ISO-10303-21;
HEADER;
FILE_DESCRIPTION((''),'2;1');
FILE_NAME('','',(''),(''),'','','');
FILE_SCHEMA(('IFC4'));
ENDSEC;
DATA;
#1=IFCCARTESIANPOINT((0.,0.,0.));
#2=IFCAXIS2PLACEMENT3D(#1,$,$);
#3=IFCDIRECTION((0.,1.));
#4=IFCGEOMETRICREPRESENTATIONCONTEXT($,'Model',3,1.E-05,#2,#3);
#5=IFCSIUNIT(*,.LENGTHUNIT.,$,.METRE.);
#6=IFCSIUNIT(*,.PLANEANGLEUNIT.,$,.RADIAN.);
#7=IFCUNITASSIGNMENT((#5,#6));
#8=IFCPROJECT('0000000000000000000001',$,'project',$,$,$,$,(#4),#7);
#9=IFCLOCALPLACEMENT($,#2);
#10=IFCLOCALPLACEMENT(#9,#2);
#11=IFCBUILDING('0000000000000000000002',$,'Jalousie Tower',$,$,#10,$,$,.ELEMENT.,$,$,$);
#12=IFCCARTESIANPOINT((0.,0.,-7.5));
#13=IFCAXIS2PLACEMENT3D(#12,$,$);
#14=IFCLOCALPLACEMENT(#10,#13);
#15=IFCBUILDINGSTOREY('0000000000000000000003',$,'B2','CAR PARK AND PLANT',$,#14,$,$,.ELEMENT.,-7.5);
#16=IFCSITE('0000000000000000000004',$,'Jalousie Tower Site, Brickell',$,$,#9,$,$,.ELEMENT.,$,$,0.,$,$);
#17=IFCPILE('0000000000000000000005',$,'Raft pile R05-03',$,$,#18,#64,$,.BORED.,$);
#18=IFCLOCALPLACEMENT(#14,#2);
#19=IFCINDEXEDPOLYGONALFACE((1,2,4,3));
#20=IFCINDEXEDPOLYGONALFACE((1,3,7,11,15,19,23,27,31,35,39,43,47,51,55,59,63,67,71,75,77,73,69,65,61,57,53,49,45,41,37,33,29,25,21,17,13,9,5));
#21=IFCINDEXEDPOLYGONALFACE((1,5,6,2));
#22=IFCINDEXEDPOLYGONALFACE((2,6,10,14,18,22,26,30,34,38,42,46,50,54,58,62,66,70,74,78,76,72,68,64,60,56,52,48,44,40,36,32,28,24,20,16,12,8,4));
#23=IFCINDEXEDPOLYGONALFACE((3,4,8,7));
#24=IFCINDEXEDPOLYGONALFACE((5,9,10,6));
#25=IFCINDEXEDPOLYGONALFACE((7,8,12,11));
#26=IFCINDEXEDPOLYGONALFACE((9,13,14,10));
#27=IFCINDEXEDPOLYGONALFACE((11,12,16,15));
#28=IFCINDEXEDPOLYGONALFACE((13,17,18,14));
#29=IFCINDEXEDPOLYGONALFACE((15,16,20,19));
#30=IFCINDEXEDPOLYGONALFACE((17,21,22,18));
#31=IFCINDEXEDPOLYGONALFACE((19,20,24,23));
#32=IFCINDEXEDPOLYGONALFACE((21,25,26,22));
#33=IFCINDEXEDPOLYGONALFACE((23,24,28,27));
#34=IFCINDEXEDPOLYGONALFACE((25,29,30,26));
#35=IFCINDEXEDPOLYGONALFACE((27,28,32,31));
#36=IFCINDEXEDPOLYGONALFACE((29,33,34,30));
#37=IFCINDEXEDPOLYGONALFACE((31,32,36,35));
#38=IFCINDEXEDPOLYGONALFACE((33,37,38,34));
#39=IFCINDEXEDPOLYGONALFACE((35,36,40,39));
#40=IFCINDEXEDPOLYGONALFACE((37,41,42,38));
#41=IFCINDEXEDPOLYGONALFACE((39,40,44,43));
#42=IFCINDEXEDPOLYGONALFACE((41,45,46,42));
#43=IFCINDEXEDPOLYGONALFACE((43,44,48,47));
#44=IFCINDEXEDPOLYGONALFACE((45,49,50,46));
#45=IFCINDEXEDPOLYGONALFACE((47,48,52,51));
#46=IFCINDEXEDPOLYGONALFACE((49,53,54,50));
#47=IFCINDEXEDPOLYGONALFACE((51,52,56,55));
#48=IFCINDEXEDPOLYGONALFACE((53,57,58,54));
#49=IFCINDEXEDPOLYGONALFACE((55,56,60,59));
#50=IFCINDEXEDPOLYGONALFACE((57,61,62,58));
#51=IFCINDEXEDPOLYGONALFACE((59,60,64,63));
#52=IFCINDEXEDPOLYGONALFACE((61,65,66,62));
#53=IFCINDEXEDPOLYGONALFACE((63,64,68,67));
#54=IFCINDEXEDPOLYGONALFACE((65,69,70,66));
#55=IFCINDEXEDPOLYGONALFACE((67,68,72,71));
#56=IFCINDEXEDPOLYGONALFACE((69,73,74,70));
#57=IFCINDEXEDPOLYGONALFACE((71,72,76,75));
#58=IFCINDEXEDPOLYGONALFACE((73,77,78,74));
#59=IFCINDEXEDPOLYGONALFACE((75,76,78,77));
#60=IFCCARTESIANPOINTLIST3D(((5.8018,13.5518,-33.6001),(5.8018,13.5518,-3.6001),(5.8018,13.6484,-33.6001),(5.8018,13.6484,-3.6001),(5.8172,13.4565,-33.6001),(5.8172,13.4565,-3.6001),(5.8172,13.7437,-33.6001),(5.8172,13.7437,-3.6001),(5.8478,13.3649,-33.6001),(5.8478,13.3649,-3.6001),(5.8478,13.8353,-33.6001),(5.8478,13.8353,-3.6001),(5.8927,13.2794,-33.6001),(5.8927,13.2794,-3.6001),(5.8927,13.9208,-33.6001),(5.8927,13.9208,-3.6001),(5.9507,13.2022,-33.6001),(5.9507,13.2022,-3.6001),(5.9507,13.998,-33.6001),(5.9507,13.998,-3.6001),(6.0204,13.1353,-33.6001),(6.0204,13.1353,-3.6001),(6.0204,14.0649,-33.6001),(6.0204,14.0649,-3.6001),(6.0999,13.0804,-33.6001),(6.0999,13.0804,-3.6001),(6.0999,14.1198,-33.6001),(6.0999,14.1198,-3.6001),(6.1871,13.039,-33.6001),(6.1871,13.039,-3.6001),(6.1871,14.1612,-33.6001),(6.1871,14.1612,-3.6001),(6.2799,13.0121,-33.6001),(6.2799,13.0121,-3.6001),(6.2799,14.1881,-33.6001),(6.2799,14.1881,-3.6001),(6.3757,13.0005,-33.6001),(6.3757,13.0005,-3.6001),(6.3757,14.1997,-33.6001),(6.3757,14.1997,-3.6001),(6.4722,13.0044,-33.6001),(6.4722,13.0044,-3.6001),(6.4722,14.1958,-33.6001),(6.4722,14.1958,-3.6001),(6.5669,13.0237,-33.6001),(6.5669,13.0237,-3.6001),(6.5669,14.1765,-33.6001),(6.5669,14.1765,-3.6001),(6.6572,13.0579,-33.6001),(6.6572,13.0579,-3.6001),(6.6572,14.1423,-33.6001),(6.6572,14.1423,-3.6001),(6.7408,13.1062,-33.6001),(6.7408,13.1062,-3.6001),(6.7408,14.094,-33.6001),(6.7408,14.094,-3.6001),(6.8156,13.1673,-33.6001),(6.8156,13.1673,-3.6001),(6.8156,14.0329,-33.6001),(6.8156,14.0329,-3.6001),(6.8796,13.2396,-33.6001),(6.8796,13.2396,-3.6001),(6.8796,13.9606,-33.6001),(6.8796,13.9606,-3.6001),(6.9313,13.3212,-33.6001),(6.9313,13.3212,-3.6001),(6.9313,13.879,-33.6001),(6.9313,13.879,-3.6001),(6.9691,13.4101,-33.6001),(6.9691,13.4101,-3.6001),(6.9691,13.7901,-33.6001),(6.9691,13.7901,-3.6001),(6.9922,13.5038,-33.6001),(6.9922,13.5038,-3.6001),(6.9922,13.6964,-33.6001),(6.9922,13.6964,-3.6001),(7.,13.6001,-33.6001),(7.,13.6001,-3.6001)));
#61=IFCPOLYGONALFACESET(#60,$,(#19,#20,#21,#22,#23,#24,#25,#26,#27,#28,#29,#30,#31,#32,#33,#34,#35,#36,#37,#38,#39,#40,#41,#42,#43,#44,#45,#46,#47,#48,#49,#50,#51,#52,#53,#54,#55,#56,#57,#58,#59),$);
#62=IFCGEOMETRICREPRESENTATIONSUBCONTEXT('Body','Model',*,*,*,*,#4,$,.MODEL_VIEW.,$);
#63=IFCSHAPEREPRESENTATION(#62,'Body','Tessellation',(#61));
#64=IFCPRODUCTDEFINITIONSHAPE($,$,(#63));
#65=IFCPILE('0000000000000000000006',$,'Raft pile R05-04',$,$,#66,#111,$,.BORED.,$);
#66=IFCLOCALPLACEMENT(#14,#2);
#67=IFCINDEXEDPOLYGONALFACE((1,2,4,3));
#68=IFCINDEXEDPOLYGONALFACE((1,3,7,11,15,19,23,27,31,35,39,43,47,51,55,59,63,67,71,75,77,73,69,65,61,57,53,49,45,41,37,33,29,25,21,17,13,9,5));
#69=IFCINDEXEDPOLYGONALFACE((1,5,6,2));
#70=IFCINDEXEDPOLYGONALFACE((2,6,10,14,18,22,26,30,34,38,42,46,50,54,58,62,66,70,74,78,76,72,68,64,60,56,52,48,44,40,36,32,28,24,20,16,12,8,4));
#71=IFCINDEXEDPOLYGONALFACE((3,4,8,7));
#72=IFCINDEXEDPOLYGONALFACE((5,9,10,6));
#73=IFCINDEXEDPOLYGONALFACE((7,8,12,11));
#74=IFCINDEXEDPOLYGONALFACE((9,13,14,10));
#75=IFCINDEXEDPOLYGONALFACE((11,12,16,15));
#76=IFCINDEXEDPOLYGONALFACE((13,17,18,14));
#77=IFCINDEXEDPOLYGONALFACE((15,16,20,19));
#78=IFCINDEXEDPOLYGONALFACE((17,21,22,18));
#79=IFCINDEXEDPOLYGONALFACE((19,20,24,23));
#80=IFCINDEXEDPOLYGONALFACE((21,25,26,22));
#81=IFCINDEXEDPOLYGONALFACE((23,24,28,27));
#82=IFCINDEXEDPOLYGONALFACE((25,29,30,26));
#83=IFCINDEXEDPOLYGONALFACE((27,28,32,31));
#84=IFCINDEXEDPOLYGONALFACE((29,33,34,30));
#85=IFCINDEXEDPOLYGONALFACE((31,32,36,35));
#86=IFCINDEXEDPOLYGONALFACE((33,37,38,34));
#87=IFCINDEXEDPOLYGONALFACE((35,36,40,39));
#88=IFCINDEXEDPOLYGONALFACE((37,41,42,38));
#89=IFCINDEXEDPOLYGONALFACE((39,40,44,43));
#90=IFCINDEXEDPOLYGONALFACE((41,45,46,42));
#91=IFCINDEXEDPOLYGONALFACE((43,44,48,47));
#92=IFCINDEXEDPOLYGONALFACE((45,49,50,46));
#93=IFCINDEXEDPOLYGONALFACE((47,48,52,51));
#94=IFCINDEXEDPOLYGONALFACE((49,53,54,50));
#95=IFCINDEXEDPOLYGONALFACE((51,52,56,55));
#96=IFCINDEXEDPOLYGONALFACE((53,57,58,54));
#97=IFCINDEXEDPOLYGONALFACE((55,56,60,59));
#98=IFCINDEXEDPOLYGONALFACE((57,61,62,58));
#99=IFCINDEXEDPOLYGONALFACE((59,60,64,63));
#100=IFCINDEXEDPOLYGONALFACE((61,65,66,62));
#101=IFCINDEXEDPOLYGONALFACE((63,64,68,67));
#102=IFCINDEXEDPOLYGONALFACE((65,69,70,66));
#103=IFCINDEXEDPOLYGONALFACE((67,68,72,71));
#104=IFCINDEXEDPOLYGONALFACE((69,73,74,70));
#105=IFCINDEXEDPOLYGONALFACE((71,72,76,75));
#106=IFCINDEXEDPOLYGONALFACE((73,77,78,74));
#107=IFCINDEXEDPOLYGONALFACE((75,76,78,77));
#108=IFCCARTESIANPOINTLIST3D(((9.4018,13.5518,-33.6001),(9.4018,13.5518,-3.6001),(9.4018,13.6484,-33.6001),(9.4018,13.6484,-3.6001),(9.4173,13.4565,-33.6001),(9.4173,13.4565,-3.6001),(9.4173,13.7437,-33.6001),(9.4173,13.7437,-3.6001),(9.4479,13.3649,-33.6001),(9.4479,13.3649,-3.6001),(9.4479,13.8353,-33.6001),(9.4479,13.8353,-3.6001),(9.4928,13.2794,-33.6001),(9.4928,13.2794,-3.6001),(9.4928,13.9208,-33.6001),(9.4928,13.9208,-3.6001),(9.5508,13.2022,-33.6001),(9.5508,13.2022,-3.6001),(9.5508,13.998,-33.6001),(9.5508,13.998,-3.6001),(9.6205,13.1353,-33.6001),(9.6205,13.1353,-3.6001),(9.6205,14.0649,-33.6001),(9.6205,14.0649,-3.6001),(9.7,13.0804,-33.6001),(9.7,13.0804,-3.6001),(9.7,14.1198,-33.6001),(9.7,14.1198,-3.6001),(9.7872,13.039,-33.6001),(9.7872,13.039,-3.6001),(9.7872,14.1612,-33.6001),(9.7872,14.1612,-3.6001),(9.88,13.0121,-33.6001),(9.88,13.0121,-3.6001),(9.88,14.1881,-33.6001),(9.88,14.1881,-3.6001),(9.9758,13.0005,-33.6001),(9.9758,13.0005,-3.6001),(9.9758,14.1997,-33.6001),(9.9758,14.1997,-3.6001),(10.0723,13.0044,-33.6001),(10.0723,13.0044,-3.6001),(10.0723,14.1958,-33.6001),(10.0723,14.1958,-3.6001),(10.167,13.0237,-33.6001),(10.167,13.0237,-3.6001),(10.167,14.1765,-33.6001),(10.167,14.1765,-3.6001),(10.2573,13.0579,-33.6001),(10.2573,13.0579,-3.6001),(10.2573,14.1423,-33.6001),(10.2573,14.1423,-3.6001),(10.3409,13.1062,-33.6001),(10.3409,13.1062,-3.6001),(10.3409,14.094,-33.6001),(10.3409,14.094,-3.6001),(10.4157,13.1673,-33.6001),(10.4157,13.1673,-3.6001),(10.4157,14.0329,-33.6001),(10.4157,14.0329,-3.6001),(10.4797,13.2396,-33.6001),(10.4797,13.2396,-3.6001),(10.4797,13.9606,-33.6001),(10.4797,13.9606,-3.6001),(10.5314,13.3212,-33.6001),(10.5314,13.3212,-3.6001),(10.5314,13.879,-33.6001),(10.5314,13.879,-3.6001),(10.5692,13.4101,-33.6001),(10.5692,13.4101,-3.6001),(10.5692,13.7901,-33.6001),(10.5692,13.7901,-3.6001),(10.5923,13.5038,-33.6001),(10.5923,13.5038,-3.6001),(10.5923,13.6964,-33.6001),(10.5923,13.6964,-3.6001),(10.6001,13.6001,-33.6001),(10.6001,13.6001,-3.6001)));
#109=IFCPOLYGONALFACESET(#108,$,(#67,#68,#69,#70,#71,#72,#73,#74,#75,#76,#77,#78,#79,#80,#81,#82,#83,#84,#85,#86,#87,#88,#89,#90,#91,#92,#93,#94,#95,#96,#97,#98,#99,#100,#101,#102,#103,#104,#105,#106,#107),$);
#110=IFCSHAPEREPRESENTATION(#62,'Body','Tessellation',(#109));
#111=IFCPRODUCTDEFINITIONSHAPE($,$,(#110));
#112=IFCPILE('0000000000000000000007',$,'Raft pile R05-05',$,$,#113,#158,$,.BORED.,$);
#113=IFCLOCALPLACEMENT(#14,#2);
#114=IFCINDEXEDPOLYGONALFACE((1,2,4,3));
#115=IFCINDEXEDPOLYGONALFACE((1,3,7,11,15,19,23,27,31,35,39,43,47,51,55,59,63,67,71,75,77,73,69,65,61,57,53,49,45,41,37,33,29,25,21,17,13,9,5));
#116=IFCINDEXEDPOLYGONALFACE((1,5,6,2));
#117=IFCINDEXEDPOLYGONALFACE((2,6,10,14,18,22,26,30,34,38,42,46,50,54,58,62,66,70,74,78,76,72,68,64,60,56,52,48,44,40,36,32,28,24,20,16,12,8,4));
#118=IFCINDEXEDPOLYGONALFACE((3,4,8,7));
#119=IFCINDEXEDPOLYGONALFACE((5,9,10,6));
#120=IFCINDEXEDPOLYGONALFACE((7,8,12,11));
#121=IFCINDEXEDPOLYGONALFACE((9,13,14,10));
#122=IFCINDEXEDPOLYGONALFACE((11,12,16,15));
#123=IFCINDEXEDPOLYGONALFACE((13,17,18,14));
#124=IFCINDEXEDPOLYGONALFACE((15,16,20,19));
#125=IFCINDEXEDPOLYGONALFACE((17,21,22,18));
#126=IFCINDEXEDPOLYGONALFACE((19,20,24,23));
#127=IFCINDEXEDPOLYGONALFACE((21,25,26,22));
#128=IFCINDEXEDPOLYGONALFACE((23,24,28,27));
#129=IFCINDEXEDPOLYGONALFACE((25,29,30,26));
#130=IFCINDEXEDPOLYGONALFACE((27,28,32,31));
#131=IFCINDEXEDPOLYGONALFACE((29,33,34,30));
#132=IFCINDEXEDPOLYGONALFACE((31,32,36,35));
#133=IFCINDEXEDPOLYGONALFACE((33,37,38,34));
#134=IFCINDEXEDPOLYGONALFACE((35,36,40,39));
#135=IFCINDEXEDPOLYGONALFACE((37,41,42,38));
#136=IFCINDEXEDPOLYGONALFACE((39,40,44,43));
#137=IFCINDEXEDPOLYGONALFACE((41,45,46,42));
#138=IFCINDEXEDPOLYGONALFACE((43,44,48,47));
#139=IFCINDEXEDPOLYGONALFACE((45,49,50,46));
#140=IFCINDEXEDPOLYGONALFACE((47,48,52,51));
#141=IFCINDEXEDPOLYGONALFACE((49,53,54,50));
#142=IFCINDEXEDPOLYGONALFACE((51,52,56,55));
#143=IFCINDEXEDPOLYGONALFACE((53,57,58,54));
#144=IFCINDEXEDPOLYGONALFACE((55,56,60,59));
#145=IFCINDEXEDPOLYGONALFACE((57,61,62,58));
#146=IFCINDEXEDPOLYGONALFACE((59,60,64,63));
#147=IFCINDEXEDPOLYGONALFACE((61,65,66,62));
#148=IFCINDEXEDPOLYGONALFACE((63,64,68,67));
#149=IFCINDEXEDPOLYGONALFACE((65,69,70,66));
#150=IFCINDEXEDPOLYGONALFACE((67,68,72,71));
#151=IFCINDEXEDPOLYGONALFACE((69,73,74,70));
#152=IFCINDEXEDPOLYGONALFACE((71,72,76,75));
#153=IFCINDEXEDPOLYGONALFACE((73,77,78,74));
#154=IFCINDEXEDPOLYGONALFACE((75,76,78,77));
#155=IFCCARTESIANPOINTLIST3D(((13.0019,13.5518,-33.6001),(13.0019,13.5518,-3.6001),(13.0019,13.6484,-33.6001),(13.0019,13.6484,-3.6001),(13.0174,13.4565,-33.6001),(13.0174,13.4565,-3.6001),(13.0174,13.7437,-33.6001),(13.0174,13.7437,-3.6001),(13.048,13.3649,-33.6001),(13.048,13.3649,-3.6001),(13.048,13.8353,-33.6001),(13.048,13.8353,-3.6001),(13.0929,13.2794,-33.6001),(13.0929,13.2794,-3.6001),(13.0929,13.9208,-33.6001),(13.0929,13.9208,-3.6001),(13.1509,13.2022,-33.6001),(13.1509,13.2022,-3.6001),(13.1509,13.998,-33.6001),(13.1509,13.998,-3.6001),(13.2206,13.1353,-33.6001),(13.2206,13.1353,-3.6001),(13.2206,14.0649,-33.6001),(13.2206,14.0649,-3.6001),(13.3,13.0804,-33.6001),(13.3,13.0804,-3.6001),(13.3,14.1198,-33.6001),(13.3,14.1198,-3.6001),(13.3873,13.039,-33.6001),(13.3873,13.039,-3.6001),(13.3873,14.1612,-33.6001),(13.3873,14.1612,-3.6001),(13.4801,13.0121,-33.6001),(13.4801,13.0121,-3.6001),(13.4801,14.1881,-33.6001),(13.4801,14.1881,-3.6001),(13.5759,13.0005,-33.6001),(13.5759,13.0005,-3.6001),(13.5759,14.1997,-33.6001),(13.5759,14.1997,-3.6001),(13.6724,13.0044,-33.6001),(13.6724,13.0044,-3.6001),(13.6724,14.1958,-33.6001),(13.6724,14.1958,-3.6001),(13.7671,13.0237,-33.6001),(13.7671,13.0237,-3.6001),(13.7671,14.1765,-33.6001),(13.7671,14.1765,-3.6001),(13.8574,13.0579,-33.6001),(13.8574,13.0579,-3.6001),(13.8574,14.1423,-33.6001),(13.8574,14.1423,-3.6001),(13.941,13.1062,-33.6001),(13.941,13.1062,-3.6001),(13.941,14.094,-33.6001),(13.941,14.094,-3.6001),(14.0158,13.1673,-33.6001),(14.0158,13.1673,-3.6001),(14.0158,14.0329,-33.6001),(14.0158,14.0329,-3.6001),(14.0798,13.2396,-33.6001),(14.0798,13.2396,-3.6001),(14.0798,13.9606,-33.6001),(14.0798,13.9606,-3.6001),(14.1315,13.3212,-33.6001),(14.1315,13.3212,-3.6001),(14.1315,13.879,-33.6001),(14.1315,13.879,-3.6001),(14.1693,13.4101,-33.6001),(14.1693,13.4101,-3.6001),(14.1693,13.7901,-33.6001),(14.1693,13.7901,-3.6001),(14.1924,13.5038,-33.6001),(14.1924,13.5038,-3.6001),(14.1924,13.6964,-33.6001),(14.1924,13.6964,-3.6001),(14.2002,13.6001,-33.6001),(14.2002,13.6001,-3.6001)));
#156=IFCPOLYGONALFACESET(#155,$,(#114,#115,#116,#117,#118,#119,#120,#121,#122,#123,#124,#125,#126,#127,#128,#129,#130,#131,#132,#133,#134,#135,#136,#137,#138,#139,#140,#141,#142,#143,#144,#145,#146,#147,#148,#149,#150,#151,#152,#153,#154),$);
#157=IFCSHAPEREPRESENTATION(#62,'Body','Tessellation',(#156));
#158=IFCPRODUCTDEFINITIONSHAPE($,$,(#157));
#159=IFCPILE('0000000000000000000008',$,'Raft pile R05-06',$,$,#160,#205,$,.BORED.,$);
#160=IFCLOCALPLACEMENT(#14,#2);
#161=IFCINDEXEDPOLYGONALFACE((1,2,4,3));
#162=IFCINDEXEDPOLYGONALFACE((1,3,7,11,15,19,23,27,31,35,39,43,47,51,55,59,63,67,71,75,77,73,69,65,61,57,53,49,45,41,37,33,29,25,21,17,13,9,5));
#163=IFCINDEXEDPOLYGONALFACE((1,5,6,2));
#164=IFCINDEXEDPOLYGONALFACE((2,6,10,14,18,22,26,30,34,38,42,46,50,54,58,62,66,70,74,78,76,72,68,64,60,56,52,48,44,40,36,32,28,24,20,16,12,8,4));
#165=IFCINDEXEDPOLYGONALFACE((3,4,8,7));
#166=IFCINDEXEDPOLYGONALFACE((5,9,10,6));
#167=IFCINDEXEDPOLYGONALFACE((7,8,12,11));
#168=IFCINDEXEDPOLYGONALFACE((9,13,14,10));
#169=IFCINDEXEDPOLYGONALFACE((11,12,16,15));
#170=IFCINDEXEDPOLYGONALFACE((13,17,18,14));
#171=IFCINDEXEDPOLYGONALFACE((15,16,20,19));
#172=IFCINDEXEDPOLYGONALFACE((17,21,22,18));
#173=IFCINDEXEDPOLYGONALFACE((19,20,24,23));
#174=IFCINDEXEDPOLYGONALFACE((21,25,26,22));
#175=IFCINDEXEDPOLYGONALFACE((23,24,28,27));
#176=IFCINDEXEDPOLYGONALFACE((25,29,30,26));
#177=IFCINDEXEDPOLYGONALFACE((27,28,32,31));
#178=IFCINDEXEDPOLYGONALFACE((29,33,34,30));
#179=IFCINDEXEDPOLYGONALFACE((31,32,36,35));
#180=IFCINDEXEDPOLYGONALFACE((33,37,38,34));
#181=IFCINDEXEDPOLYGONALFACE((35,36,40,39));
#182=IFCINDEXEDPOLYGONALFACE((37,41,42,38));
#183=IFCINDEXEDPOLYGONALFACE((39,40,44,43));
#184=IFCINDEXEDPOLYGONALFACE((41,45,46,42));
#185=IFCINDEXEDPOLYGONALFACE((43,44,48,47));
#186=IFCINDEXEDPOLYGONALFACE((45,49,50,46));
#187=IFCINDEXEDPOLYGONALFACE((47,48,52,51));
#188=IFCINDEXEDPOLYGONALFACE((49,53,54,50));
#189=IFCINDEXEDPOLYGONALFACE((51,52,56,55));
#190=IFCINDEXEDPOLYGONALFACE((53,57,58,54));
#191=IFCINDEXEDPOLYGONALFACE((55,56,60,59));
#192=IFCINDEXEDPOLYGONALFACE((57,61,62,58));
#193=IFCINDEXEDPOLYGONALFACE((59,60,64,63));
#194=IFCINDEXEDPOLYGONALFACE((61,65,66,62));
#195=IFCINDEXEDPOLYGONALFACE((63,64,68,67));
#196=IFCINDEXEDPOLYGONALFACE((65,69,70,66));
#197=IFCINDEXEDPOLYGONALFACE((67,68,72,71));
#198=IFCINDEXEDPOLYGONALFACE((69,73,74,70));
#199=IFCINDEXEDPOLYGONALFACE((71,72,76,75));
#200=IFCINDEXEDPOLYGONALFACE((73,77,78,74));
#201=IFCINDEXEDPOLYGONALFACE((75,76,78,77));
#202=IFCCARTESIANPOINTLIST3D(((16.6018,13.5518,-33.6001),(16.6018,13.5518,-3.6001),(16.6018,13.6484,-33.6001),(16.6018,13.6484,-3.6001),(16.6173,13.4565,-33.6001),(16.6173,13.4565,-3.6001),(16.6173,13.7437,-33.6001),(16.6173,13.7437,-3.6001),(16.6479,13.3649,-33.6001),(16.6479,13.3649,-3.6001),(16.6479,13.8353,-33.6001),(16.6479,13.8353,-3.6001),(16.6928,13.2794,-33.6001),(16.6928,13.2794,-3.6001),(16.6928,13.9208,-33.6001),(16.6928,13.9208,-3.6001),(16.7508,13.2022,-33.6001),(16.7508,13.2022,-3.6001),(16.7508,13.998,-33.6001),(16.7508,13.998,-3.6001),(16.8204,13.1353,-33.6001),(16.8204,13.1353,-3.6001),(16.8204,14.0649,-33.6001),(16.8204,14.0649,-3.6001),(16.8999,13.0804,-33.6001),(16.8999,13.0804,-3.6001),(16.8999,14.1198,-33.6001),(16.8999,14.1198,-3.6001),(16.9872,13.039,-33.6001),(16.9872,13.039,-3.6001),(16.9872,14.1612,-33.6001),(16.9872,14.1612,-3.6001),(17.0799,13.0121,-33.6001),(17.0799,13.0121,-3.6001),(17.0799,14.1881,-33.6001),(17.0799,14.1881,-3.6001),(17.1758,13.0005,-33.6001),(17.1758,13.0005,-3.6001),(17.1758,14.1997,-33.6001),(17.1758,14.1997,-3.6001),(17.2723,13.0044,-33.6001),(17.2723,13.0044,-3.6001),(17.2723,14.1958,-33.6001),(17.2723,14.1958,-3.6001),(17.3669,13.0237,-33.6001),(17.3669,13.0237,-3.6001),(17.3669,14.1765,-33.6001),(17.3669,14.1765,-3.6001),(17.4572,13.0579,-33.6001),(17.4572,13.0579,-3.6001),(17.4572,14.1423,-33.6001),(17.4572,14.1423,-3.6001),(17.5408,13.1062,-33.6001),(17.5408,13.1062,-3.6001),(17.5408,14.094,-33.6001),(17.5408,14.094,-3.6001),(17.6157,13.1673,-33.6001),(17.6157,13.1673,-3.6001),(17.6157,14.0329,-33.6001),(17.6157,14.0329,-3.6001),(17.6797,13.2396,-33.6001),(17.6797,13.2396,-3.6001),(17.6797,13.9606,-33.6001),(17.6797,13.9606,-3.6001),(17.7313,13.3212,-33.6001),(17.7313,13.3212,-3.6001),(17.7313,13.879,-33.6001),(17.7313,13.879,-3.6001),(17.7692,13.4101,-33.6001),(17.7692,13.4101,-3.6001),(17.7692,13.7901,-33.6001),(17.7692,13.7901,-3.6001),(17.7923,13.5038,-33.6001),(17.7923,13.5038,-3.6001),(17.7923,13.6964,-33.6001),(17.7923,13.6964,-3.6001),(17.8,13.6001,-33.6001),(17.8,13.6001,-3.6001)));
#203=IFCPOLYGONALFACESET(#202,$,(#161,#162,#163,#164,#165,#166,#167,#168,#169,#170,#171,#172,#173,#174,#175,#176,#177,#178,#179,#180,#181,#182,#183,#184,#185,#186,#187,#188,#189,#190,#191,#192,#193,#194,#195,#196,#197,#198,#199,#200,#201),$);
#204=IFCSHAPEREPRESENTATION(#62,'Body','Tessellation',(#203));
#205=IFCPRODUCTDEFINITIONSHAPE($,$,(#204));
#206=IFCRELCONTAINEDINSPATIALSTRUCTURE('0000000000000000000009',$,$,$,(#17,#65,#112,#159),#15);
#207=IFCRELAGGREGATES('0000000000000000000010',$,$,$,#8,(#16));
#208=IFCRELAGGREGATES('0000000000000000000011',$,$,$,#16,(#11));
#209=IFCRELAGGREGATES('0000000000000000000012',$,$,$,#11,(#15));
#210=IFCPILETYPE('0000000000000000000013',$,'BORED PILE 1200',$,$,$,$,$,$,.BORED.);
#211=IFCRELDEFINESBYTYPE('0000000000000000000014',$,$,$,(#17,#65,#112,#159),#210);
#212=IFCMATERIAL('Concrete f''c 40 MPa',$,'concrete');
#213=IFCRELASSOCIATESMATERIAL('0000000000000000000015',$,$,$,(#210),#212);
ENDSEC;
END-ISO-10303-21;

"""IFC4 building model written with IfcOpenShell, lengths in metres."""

from ifc_helpers import new_model, si_unit, direction, frame, origin, origin_2d, place, context, subcontext, project, spatial, circle, extrude, material, material_profile, profile_set, type_object, element, save


model = new_model("IFC4")

# Units and contexts
model_context = context("Model", 3, precision=1e-05, world=origin(), true_north=direction((0.0, 1.0)))
body_context = subcontext(model_context, "Body", "Model", "MODEL_VIEW")
ifc_project = project(units=[si_unit("LENGTHUNIT", "METRE"), si_unit("PLANEANGLEUNIT", "RADIAN")], contexts=[model_context])

# Site, building, storey
site_placement = place(None, origin())
site = spatial("IfcSite", under=ifc_project, at=site_placement, Name="Jalousie Tower Site, Brickell", CompositionType="ELEMENT", RefElevation=0.0)
building_placement = place(site_placement, origin())
building = spatial("IfcBuilding", under=site, at=building_placement, Name="Jalousie Tower", CompositionType="ELEMENT")
storey_placement = place(building_placement, frame((0.0, 0.0, -7.5)))
storey = spatial("IfcBuildingStorey", under=building, at=storey_placement, Name="B2", Description="CAR PARK AND PLANT", CompositionType="ELEMENT", Elevation=-7.5)

# Piles
ifc_material_1 = material(Name="Concrete f'c 40 MPa", Category="concrete")
ifc_material_profile_1 = material_profile(ifc_material_1, circle(Radius=0.6001, at=origin_2d()), Name="BORED PILE D1200")
ifc_profile_set_1 = profile_set([ifc_material_profile_1], Name="Concrete f'c 40 MPa")
pile_type = type_object("IfcPileType", Name="BORED PILE 1200", PredefinedType="BORED", material=ifc_profile_set_1)
for number, where, z_axis, x_axis, name in (
    (1, (6.3999, 13.6001, -3.6001), (0.0, 0.0, -1.0), (1.0, 0.0, 0.0), "Raft pile R05-03"),
    (2, (10.0, 13.6001, -3.6001), (0.0, 0.0, -1.0), (1.0, 0.0, 0.0), "Raft pile R05-04"),
    (3, (13.6001, 13.6001, -3.6001), (0.0, 0.0, -1.0), (1.0, 0.0, 0.0), "Raft pile R05-05"),
    (4, (17.2, 13.6001, -3.6001), (0.0, 0.0, -1.0), (1.0, 0.0, 0.0), "Raft pile R05-06"),
):
    element("IfcPile", number, at=place(storey_placement, frame(where, z_axis=z_axis, x_axis=x_axis)), inside=storey, type_object=pile_type, Name=name, PredefinedType="BORED", context=body_context, shape_type="SweptSolid", body=[
        extrude(circle(Radius=0.6001, at=origin_2d()), origin(), (0.0, 0.0, 1.0), 30.0),
    ])

save(model, "model.ifc")
